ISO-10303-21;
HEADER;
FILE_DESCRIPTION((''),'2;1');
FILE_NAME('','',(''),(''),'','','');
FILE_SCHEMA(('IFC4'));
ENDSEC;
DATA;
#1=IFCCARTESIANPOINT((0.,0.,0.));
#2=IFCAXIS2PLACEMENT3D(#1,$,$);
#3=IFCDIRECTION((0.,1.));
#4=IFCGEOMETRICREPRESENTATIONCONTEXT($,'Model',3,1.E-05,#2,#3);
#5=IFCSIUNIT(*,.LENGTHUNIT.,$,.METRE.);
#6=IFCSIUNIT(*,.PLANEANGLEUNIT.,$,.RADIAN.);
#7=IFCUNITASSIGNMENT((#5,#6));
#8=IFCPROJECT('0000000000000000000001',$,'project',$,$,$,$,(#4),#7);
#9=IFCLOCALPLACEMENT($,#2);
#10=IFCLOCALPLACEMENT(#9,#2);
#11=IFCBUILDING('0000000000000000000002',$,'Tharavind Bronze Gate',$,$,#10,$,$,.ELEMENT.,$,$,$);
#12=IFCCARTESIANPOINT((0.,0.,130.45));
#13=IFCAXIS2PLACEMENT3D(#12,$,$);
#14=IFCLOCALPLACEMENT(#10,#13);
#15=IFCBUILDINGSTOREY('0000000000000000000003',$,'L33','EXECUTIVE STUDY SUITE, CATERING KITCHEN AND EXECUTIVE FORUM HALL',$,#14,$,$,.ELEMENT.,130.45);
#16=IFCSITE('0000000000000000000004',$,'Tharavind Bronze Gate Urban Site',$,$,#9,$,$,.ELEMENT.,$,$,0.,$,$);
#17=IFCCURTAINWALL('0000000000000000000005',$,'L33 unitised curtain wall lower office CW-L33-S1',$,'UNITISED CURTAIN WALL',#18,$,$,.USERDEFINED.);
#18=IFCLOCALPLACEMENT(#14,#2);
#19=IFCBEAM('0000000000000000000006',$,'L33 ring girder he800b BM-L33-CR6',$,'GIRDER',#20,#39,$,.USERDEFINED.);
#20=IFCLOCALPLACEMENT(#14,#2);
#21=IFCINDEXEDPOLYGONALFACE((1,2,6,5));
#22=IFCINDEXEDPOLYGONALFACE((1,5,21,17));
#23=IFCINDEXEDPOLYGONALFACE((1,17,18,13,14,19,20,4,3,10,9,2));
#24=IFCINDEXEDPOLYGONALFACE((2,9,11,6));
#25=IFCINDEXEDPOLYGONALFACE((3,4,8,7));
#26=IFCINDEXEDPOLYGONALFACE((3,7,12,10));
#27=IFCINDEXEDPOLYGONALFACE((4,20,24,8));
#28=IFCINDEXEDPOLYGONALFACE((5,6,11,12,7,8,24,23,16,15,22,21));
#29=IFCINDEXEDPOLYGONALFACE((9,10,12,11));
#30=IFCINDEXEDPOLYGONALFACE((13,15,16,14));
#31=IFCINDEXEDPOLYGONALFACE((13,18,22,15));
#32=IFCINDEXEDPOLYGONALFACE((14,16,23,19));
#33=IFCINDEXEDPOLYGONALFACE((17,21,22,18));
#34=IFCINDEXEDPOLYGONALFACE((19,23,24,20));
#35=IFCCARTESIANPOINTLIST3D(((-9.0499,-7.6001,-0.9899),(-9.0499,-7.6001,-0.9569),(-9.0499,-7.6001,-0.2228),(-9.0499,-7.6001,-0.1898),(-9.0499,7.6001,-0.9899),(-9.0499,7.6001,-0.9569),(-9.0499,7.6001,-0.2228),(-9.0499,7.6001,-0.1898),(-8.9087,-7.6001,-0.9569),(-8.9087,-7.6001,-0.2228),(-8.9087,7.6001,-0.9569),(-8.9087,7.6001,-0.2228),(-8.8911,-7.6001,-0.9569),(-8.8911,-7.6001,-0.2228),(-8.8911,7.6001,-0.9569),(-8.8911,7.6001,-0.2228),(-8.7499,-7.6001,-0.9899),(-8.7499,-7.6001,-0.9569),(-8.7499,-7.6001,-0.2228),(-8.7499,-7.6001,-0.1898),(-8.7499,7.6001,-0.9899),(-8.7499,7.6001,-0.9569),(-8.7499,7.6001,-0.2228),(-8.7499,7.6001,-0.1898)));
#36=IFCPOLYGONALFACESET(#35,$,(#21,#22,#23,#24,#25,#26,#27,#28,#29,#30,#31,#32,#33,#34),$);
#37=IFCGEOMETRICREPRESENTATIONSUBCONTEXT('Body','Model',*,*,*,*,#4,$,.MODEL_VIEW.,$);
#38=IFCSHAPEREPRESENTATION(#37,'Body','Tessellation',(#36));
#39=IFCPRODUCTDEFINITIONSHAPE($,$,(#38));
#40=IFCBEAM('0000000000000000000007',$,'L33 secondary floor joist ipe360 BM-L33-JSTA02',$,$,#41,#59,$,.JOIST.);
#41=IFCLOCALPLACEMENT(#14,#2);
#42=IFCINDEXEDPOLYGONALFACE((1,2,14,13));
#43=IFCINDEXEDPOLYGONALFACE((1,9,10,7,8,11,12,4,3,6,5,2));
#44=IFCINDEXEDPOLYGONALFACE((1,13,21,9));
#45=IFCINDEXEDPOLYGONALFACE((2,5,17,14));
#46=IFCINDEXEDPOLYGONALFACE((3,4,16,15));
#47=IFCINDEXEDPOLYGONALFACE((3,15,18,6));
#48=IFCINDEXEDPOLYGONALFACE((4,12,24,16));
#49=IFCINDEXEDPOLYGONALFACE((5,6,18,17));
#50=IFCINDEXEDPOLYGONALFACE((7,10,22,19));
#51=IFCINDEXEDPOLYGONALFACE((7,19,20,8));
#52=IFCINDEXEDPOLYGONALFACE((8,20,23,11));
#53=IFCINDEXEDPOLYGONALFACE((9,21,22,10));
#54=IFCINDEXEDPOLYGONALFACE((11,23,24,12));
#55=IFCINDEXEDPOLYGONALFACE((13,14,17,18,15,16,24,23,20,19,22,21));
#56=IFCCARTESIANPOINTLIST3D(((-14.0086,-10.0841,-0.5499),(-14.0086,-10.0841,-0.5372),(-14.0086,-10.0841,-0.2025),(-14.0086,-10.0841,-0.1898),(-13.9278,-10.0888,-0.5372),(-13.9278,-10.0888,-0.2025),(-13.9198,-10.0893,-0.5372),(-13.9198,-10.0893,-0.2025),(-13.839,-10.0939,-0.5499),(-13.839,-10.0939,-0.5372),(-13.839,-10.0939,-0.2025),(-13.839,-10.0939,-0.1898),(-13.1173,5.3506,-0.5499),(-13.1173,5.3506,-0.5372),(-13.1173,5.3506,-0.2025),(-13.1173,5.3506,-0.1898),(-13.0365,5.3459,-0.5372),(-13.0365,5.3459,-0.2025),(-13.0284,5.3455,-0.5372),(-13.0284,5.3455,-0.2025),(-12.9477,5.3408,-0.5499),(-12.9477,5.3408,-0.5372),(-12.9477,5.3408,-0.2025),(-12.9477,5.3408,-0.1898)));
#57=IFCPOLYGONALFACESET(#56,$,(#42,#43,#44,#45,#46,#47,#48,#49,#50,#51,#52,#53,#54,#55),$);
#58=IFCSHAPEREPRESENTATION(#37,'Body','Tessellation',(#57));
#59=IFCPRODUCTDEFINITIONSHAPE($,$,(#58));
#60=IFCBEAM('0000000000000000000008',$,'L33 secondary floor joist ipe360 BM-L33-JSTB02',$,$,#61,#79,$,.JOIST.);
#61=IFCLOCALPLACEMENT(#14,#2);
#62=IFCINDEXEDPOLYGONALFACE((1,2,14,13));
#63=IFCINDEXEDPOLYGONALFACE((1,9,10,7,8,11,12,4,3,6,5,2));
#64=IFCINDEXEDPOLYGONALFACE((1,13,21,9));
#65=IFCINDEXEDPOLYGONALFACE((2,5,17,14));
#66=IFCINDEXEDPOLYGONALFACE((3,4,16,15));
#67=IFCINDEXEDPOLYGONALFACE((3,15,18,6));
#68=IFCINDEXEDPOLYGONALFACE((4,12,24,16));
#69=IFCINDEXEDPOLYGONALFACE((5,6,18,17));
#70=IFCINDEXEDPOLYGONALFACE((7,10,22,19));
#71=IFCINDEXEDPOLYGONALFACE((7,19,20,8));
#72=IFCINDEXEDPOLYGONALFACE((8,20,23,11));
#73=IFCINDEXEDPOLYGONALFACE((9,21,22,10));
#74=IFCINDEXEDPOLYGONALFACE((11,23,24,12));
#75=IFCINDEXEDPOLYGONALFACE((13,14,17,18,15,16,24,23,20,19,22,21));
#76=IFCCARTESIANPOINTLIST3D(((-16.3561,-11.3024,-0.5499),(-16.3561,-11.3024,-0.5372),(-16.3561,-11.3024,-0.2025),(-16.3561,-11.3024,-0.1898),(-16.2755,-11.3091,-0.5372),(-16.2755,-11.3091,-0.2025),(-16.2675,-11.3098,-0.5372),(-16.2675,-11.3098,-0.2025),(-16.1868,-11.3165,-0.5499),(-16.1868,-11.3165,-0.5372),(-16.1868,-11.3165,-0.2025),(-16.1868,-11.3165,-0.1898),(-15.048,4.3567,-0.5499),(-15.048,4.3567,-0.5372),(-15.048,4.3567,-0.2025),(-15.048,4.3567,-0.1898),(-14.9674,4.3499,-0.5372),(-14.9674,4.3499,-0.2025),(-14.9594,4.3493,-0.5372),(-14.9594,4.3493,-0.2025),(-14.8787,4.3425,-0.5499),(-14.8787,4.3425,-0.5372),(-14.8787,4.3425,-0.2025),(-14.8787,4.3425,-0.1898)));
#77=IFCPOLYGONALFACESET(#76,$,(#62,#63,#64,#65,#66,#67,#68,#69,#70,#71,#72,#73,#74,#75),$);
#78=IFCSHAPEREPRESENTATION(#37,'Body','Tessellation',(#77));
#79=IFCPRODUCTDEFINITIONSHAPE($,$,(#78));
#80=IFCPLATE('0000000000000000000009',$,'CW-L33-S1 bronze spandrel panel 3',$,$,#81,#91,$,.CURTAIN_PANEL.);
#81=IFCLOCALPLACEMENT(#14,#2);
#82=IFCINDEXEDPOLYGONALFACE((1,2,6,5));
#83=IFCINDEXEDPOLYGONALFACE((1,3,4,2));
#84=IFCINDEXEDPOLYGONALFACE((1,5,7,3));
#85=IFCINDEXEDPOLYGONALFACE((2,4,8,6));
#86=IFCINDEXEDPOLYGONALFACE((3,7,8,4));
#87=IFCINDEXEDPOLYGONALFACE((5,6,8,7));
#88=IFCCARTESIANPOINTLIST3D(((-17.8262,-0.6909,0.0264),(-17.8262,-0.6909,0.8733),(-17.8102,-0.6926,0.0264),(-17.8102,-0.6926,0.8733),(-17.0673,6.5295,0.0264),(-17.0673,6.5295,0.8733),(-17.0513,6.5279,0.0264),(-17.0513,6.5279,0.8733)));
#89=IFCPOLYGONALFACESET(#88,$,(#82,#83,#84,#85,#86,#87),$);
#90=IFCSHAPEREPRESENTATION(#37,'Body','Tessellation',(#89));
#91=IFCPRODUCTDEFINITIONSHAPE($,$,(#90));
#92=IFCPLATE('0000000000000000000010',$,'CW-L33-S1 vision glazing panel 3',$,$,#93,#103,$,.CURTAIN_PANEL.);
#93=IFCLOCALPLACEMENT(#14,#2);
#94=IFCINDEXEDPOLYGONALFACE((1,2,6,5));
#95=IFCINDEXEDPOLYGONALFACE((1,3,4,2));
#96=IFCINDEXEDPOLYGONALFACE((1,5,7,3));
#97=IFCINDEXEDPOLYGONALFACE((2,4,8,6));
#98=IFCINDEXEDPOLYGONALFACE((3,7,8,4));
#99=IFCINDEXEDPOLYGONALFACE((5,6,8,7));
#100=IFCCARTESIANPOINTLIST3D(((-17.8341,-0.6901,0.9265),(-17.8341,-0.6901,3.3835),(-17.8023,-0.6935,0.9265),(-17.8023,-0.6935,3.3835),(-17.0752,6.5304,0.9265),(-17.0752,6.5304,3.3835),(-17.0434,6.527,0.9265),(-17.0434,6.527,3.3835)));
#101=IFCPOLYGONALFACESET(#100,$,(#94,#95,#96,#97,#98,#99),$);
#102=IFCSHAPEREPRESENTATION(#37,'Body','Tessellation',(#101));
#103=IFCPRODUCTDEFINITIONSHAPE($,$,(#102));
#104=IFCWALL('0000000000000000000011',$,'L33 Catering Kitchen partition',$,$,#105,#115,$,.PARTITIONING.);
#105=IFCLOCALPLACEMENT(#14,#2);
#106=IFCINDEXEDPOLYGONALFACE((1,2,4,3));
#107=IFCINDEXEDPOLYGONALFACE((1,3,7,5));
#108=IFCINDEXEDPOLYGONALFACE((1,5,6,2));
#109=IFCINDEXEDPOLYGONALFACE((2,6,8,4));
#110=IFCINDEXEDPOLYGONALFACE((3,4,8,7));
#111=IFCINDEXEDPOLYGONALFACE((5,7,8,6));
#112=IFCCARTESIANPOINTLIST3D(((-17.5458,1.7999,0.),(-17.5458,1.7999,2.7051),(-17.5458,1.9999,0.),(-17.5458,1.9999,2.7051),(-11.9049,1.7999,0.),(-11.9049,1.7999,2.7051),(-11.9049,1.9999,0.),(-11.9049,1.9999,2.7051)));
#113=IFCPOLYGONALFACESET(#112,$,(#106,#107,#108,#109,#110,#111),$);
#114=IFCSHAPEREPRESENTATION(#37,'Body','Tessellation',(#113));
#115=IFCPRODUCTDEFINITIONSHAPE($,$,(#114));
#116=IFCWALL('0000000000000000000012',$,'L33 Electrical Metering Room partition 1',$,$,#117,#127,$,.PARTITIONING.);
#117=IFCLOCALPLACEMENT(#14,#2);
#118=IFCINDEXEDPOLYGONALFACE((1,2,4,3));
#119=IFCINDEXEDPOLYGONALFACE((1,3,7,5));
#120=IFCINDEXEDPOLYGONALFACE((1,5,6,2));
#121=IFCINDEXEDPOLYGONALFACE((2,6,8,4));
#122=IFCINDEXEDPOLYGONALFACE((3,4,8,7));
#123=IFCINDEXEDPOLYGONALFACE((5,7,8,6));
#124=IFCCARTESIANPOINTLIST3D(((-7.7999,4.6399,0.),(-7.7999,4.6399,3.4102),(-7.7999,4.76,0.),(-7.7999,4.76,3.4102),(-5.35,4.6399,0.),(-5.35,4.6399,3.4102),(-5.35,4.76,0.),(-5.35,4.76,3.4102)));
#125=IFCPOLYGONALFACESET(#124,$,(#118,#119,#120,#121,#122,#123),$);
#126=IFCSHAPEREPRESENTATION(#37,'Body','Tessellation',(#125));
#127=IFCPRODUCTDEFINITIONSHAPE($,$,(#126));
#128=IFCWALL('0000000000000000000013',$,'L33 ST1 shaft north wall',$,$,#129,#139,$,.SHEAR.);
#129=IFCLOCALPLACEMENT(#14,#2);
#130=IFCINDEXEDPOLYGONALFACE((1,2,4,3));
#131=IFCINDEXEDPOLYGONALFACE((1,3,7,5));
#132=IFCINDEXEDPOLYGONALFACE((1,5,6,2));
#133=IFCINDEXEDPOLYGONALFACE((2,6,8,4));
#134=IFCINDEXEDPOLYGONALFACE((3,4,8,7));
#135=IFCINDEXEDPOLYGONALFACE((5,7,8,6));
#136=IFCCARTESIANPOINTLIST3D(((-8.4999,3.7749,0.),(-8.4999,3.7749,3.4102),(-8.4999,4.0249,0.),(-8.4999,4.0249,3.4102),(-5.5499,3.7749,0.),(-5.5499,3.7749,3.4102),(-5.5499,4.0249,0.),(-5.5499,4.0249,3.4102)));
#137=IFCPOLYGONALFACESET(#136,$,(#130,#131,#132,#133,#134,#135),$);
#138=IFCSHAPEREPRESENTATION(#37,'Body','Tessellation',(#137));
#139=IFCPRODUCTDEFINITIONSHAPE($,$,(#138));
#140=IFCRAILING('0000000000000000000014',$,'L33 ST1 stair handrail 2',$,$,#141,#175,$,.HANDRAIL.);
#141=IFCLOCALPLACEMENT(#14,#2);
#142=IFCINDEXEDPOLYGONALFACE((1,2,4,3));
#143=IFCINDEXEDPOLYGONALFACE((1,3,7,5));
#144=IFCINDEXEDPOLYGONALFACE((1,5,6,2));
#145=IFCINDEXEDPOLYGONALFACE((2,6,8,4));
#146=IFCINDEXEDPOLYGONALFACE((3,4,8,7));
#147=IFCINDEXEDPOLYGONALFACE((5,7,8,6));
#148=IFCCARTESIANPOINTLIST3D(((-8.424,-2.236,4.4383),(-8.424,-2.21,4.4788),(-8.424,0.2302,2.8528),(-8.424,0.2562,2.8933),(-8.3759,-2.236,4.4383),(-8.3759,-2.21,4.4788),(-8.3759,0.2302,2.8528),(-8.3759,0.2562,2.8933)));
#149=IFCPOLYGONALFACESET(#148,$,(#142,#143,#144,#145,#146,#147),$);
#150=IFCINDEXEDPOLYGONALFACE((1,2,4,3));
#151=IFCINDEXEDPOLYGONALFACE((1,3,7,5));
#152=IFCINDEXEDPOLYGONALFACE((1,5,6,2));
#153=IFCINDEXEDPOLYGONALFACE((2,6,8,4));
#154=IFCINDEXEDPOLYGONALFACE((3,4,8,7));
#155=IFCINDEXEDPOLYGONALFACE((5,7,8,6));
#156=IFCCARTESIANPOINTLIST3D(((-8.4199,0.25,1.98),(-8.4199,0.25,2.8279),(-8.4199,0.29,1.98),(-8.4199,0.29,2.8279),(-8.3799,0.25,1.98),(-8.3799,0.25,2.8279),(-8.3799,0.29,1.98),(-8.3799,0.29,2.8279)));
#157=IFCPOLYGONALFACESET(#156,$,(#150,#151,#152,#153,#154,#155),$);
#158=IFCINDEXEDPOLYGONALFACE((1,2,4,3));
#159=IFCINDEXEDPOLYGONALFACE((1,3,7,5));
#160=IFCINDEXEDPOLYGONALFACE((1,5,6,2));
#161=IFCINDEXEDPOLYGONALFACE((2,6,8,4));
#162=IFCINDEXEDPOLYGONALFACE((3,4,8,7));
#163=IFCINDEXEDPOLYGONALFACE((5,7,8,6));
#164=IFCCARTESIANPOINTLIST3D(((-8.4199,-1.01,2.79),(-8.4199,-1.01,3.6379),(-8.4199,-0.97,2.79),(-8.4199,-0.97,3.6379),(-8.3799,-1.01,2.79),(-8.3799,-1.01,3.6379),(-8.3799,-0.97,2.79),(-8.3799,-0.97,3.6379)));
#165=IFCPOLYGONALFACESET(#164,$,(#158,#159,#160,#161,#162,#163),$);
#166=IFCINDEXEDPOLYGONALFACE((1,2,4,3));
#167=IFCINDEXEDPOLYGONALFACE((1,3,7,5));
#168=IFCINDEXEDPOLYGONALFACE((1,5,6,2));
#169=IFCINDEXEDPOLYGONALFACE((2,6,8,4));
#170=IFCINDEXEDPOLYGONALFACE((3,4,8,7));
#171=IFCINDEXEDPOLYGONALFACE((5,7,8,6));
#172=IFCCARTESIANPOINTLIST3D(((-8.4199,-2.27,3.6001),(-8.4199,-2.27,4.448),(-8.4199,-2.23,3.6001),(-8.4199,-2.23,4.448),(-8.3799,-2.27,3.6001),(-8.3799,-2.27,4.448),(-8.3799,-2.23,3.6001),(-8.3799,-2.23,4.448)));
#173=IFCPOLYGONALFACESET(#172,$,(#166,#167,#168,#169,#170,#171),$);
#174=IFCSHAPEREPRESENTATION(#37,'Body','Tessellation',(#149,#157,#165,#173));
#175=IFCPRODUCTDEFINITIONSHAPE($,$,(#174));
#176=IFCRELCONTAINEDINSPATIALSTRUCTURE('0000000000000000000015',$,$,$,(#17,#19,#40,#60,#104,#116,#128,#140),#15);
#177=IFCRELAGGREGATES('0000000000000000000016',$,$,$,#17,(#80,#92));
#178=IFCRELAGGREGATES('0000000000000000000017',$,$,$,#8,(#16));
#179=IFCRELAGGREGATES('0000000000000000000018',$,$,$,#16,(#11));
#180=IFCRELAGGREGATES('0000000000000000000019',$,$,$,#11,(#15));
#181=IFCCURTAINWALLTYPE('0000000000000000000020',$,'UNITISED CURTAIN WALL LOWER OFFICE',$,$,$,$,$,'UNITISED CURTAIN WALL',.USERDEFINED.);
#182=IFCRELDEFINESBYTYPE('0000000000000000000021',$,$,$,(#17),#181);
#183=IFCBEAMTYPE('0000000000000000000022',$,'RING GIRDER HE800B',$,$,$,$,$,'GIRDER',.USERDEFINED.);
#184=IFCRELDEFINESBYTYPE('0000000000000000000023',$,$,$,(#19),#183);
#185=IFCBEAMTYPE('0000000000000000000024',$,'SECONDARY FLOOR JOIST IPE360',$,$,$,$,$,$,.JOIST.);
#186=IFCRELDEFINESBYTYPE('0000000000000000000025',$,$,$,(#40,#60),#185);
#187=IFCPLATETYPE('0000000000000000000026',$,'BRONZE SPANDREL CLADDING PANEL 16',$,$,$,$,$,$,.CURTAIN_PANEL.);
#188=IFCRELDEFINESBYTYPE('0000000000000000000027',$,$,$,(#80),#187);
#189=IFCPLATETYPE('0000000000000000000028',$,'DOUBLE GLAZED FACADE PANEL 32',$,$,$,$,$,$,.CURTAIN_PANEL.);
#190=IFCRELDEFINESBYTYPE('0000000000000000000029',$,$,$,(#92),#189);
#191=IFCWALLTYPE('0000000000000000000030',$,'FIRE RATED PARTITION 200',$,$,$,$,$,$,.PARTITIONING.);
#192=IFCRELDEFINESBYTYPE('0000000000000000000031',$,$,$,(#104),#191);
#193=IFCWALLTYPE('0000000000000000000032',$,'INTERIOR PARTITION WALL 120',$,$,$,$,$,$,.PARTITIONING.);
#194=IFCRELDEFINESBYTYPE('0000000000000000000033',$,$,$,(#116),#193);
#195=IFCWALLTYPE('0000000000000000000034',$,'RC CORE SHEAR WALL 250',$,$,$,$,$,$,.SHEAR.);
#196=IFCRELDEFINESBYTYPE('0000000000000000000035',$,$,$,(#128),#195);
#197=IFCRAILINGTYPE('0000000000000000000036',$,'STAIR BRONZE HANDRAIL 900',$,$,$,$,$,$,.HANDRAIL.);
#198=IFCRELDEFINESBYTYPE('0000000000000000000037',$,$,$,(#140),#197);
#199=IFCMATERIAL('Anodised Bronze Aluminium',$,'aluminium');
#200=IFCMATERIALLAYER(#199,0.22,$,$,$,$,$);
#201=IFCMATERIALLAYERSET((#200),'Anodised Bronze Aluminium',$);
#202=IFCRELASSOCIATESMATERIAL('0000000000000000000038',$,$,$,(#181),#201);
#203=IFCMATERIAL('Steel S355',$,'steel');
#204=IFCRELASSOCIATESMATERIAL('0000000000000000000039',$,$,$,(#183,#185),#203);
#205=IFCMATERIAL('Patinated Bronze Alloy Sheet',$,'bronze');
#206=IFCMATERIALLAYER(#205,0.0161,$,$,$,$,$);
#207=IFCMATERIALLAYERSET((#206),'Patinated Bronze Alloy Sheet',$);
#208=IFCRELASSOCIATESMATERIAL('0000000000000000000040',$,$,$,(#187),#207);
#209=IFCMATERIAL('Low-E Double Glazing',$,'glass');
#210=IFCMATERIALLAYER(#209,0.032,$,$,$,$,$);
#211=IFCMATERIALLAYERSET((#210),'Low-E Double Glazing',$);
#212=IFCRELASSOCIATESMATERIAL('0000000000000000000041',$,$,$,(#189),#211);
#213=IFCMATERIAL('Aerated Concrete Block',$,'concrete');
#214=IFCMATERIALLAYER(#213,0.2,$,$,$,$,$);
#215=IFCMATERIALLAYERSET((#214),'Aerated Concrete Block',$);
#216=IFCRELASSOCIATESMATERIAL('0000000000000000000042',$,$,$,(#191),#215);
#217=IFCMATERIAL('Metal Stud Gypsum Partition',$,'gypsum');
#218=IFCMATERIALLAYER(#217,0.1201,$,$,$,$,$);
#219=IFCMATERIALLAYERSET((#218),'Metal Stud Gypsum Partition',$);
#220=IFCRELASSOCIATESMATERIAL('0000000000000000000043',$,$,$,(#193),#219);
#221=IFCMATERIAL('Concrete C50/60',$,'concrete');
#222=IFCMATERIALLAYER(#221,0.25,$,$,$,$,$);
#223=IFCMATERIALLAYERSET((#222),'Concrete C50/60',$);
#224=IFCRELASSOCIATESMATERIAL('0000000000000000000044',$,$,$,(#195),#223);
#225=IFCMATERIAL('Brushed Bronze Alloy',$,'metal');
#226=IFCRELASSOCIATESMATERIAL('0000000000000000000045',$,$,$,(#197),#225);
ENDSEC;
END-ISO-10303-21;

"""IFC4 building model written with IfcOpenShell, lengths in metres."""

from ifc_helpers import new_model, si_unit, direction, frame, frame_2d, origin, origin_2d, place, context, subcontext, project, spatial, rectangle, i_section, extrude, material, layer, layer_set, material_profile, profile_set, type_object, element, aggregate, save


model = new_model("IFC4")

# Units and contexts
model_context = context("Model", 3, precision=1e-05, world=origin(), true_north=direction((0.0, 1.0)))
body_context = subcontext(model_context, "Body", "Model", "MODEL_VIEW")
ifc_project = project(units=[si_unit("LENGTHUNIT", "METRE"), si_unit("PLANEANGLEUNIT", "RADIAN")], contexts=[model_context])

# Site, building, storey
site_placement = place(None, origin())
site = spatial("IfcSite", under=ifc_project, at=site_placement, Name="Tharavind Bronze Gate Urban Site", CompositionType="ELEMENT", RefElevation=0.0)
building_placement = place(site_placement, origin())
building = spatial("IfcBuilding", under=site, at=building_placement, Name="Tharavind Bronze Gate", CompositionType="ELEMENT")
storey_placement = place(building_placement, frame((0.0, 0.0, 130.45)))
storey = spatial("IfcBuildingStorey", under=building, at=storey_placement, Name="L33", Description="EXECUTIVE STUDY SUITE, CATERING KITCHEN AND EXECUTIVE FORUM HALL", CompositionType="ELEMENT", Elevation=130.45)

# Curtain wall
ifc_material_1 = material(Name="Anodised Bronze Aluminium", Category="aluminium")
ifc_layer_1 = layer(ifc_material_1, 0.22)
ifc_layer_set_1 = layer_set([ifc_layer_1], Name="Anodised Bronze Aluminium")
curtain_wall_type = type_object("IfcCurtainWallType", Name="UNITISED CURTAIN WALL LOWER OFFICE", ElementType="UNITISED CURTAIN WALL", PredefinedType="USERDEFINED", material=ifc_layer_set_1)
curtain_wall_placement = place(storey_placement, origin())
curtain_wall = element("IfcCurtainWall", 1, at=curtain_wall_placement, inside=storey, type_object=curtain_wall_type, Name="L33 unitised curtain wall lower office CW-L33-S1", ObjectType="UNITISED CURTAIN WALL", PredefinedType="USERDEFINED")

# Beams
ifc_material_2 = material(Name="Steel S355", Category="steel")
ifc_material_profile_1 = material_profile(ifc_material_2, i_section(OverallWidth=0.3, OverallDepth=0.8, WebThickness=0.0176, FlangeThickness=0.033, at=origin_2d()), Name="HE800B")
ifc_profile_set_1 = profile_set([ifc_material_profile_1], Name="Steel S355")
beam_type_1 = type_object("IfcBeamType", Name="RING GIRDER HE800B", ElementType="GIRDER", PredefinedType="USERDEFINED", material=ifc_profile_set_1)
beam_1_placement = place(storey_placement, frame((-8.8999, 7.6001, -0.5898), z_axis=(0.0, -1.0, 0.0), x_axis=(1.0, 0.0, 0.0)))
element("IfcBeam", 2, at=beam_1_placement, inside=storey, type_object=beam_type_1, Name="L33 ring girder he800b BM-L33-CR6", ObjectType="GIRDER", PredefinedType="USERDEFINED", context=body_context, shape_type="SweptSolid", body=[
    extrude(i_section(OverallWidth=0.3, OverallDepth=0.8, WebThickness=0.0176, FlangeThickness=0.033, at=origin_2d()), origin(), (0.0, 0.0, 1.0), 15.2002),
])
ifc_material_profile_2 = material_profile(ifc_material_2, i_section(OverallWidth=0.1699, OverallDepth=0.3601, WebThickness=0.0081, FlangeThickness=0.0127, at=origin_2d()), Name="IPE360")
ifc_profile_set_2 = profile_set([ifc_material_profile_2], Name="Steel S355")
beam_type_2 = type_object("IfcBeamType", Name="SECONDARY FLOOR JOIST IPE360", PredefinedType="JOIST", material=ifc_profile_set_2)
beam_2_placement = place(storey_placement, frame((-13.0325, 5.3457, -0.3699), z_axis=(-0.057654, -0.998337, 0.0), x_axis=(0.998337, -0.057654, 0.0)))
element("IfcBeam", 3, at=beam_2_placement, inside=storey, type_object=beam_type_2, Name="L33 secondary floor joist ipe360 BM-L33-JSTA02", PredefinedType="JOIST", context=body_context, shape_type="SweptSolid", body=[
    extrude(i_section(OverallWidth=0.1699, OverallDepth=0.3601, WebThickness=0.0081, FlangeThickness=0.0127, at=origin_2d()), origin(), (0.0, 0.0, 1.0), 15.4604),
])
beam_3_placement = place(storey_placement, frame((-14.9634, 4.3496, -0.3699), z_axis=(-0.083246, -0.996529, 0.0), x_axis=(0.996529, -0.083246, 0.0)))
element("IfcBeam", 4, at=beam_3_placement, inside=storey, type_object=beam_type_2, Name="L33 secondary floor joist ipe360 BM-L33-JSTB02", PredefinedType="JOIST", context=body_context, shape_type="SweptSolid", body=[
    extrude(i_section(OverallWidth=0.1699, OverallDepth=0.3601, WebThickness=0.0081, FlangeThickness=0.0127, at=origin_2d()), origin(), (0.0, 0.0, 1.0), 15.7136),
])

# Plates
ifc_material_3 = material(Name="Patinated Bronze Alloy Sheet", Category="bronze")
ifc_layer_2 = layer(ifc_material_3, 0.0161)
ifc_layer_set_2 = layer_set([ifc_layer_2], Name="Patinated Bronze Alloy Sheet")
plate_type_1 = type_object("IfcPlateType", Name="BRONZE SPANDREL CLADDING PANEL 16", PredefinedType="CURTAIN_PANEL", material=ifc_layer_set_2)
plate_1_placement = place(storey_placement, frame((-17.4387, 2.9185, 0.0264), z_axis=(0.0, 0.0, 1.0), x_axis=(-0.104527, -0.994522, 0.0)))
plate_1 = element("IfcPlate", 5, at=plate_1_placement, type_object=plate_type_1, Name="CW-L33-S1 bronze spandrel panel 3", PredefinedType="CURTAIN_PANEL", context=body_context, shape_type="SweptSolid", body=[
    extrude(rectangle(XDim=7.2603, YDim=0.0161, at=origin_2d()), origin(), (0.0, 0.0, 1.0), 0.8469),
])
ifc_material_4 = material(Name="Low-E Double Glazing", Category="glass")
ifc_layer_3 = layer(ifc_material_4, 0.032)
ifc_layer_set_3 = layer_set([ifc_layer_3], Name="Low-E Double Glazing")
plate_type_2 = type_object("IfcPlateType", Name="DOUBLE GLAZED FACADE PANEL 32", PredefinedType="CURTAIN_PANEL", material=ifc_layer_set_3)
plate_2_placement = place(storey_placement, frame((-17.4387, 2.9185, 0.9265), z_axis=(0.0, 0.0, 1.0), x_axis=(-0.104527, -0.994522, 0.0)))
plate_2 = element("IfcPlate", 6, at=plate_2_placement, type_object=plate_type_2, Name="CW-L33-S1 vision glazing panel 3", PredefinedType="CURTAIN_PANEL", context=body_context, shape_type="SweptSolid", body=[
    extrude(rectangle(XDim=7.2603, YDim=0.032, at=origin_2d()), origin(), (0.0, 0.0, 1.0), 2.457),
])
aggregate(curtain_wall, [plate_1, plate_2])

# Walls
ifc_material_5 = material(Name="Aerated Concrete Block", Category="concrete")
ifc_layer_4 = layer(ifc_material_5, 0.2)
ifc_layer_set_4 = layer_set([ifc_layer_4], Name="Aerated Concrete Block")
wall_type_1 = type_object("IfcWallType", Name="FIRE RATED PARTITION 200", PredefinedType="PARTITIONING", material=ifc_layer_set_4)
wall_1_placement = place(storey_placement, frame((-11.905, 1.8999, 0.0), z_axis=(0.0, 0.0, 1.0), x_axis=(-1.0, 0.0, 0.0)))
element("IfcWall", 7, at=wall_1_placement, inside=storey, type_object=wall_type_1, Name="L33 Catering Kitchen partition", PredefinedType="PARTITIONING", context=body_context, shape_type="SweptSolid", body=[
    extrude(rectangle(XDim=5.6409, YDim=0.2, at=frame_2d((2.8203, 0.0))), origin(), (0.0, 0.0, 1.0), 2.7051),
])
ifc_material_6 = material(Name="Metal Stud Gypsum Partition", Category="gypsum")
ifc_layer_5 = layer(ifc_material_6, 0.1201)
ifc_layer_set_5 = layer_set([ifc_layer_5], Name="Metal Stud Gypsum Partition")
wall_type_2 = type_object("IfcWallType", Name="INTERIOR PARTITION WALL 120", PredefinedType="PARTITIONING", material=ifc_layer_set_5)
wall_2_placement = place(storey_placement, frame((-7.8, 4.7, 0.0), z_axis=(0.0, 0.0, 1.0), x_axis=(1.0, 0.0, 0.0)))
element("IfcWall", 8, at=wall_2_placement, inside=storey, type_object=wall_type_2, Name="L33 Electrical Metering Room partition 1", PredefinedType="PARTITIONING", context=body_context, shape_type="SweptSolid", body=[
    extrude(rectangle(XDim=2.45, YDim=0.1201, at=frame_2d((1.2251, 0.0))), origin(), (0.0, 0.0, 1.0), 3.4102),
])
ifc_material_7 = material(Name="Concrete C50/60", Category="concrete")
ifc_layer_6 = layer(ifc_material_7, 0.25)
ifc_layer_set_6 = layer_set([ifc_layer_6], Name="Concrete C50/60")
wall_type_3 = type_object("IfcWallType", Name="RC CORE SHEAR WALL 250", PredefinedType="SHEAR", material=ifc_layer_set_6)
wall_3_placement = place(storey_placement, frame((-8.5, 3.8999, 0.0), z_axis=(0.0, 0.0, 1.0), x_axis=(1.0, 0.0, 0.0)))
element("IfcWall", 9, at=wall_3_placement, inside=storey, type_object=wall_type_3, Name="L33 ST1 shaft north wall", PredefinedType="SHEAR", context=body_context, shape_type="SweptSolid", body=[
    extrude(rectangle(XDim=2.95, YDim=0.25, at=frame_2d((1.4751, 0.0))), origin(), (0.0, 0.0, 1.0), 3.4102),
])

# Railing
ifc_material_8 = material(Name="Brushed Bronze Alloy", Category="metal")
railing_type = type_object("IfcRailingType", Name="STAIR BRONZE HANDRAIL 900", PredefinedType="HANDRAIL", material=ifc_material_8)
railing_placement = place(storey_placement, frame((-8.3999, 0.27, 1.98)))
element("IfcRailing", 10, at=railing_placement, inside=storey, type_object=railing_type, Name="L33 ST1 stair handrail 2", PredefinedType="HANDRAIL", context=body_context, shape_type="SweptSolid", body=[
    extrude(rectangle(XDim=0.0481, YDim=0.0481, at=origin_2d()), frame((0.0, -0.0269, 0.8931), z_axis=(0.0, -0.841163, 0.540782), x_axis=(1.0, 0.0, 0.0)), (0.0, 0.0, 1.0), 2.9319),
    extrude(rectangle(XDim=0.04, YDim=0.04, at=origin_2d()), origin(), (0.0, 0.0, 1.0), 0.8479),
    extrude(rectangle(XDim=0.04, YDim=0.04, at=origin_2d()), frame((0.0, -1.26, 0.8101)), (0.0, 0.0, 1.0), 0.8479),
    extrude(rectangle(XDim=0.04, YDim=0.04, at=origin_2d()), frame((0.0, -2.52, 1.6201)), (0.0, 0.0, 1.0), 0.8479),
])

save(model, "model.ifc")
